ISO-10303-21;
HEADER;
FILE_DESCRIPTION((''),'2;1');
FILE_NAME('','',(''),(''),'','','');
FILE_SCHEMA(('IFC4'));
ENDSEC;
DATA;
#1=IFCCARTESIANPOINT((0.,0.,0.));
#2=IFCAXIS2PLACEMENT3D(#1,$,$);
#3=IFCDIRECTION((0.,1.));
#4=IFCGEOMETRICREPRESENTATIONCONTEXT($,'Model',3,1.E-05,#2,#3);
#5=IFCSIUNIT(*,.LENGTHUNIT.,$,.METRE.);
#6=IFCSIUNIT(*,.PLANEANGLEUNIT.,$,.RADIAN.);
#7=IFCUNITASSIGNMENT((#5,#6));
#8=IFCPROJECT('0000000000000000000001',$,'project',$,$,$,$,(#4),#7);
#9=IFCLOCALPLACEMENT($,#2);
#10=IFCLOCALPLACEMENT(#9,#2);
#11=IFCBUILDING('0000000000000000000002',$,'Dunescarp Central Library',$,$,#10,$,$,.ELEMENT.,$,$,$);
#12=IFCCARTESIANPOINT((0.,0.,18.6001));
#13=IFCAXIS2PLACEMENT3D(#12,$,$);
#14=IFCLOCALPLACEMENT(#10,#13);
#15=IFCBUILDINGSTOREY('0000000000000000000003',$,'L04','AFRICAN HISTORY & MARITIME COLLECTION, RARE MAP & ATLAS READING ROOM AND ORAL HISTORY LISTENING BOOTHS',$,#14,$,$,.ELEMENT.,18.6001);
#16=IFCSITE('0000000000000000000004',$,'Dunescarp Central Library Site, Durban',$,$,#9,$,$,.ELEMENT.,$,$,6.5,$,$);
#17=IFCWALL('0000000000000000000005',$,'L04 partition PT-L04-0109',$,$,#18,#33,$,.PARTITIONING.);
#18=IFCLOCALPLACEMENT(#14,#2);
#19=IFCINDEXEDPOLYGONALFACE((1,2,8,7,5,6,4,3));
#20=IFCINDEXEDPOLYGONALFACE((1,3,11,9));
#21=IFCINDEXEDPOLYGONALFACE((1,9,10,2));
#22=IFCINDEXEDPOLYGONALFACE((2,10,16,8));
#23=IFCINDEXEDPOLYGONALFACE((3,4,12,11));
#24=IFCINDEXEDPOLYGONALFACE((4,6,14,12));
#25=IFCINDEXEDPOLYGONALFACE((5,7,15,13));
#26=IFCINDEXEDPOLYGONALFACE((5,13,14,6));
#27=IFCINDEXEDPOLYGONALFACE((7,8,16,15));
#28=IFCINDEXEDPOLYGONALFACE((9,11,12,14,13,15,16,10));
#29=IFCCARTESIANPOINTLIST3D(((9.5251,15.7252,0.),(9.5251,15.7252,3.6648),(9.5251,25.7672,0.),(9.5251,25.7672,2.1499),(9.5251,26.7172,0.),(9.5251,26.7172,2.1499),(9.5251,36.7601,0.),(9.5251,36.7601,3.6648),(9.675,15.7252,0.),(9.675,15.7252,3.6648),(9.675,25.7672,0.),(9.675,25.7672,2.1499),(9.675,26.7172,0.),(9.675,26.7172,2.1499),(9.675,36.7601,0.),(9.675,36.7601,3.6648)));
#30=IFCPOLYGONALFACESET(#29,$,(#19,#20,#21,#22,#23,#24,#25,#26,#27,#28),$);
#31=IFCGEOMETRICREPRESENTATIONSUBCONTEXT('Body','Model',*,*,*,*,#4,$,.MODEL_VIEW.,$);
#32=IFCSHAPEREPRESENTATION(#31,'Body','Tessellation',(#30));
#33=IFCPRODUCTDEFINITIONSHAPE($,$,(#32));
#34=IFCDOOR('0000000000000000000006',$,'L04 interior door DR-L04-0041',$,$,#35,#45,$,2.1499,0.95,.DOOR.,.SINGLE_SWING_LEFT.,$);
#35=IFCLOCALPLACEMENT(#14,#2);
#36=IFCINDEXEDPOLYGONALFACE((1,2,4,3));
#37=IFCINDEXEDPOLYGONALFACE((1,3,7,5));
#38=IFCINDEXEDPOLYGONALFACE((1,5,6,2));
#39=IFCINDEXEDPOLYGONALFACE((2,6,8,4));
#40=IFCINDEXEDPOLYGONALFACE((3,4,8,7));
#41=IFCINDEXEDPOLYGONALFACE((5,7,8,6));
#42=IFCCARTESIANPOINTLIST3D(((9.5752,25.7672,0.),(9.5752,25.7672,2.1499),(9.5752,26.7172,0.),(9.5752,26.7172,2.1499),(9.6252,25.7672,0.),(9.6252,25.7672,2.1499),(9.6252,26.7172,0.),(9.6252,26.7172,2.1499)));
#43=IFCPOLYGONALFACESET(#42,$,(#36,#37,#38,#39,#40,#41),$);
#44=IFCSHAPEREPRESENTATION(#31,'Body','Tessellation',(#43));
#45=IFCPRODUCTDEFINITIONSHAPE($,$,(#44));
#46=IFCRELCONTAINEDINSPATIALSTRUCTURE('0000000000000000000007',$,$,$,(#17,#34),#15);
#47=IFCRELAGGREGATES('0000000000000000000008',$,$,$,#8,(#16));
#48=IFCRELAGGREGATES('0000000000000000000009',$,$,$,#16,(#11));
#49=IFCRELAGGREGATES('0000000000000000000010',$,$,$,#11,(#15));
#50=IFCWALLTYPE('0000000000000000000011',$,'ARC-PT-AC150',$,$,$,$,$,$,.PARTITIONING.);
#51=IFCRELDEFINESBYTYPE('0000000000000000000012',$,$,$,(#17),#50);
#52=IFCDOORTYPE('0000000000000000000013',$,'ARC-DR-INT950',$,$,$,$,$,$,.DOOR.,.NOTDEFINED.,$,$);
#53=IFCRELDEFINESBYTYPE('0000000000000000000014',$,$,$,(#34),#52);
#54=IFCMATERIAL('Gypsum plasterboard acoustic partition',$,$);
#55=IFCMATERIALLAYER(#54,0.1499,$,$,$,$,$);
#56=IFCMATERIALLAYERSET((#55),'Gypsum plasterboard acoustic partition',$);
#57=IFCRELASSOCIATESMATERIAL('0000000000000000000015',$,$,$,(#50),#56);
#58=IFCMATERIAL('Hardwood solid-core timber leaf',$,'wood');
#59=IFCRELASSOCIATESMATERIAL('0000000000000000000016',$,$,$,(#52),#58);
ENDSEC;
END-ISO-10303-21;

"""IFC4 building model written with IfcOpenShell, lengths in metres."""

from ifc_helpers import new_model, si_unit, direction, frame, frame_2d, origin, place, context, subcontext, project, spatial, rectangle, extrude, material, layer, layer_set, type_object, element, fill, save


model = new_model("IFC4")

# Units and contexts
model_context = context("Model", 3, precision=1e-05, world=origin(), true_north=direction((0.0, 1.0)))
body_context = subcontext(model_context, "Body", "Model", "MODEL_VIEW")
ifc_project = project(units=[si_unit("LENGTHUNIT", "METRE"), si_unit("PLANEANGLEUNIT", "RADIAN")], contexts=[model_context])

# Site, building, storey
site_placement = place(None, origin())
site = spatial("IfcSite", under=ifc_project, at=site_placement, Name="Dunescarp Central Library Site, Durban", CompositionType="ELEMENT", RefElevation=6.5)
building_placement = place(site_placement, origin())
building = spatial("IfcBuilding", under=site, at=building_placement, Name="Dunescarp Central Library", CompositionType="ELEMENT")
storey_placement = place(building_placement, frame((0.0, 0.0, 18.6001)))
storey = spatial("IfcBuildingStorey", under=building, at=storey_placement, Name="L04", Description="AFRICAN HISTORY & MARITIME COLLECTION, RARE MAP & ATLAS READING ROOM AND ORAL HISTORY LISTENING BOOTHS", CompositionType="ELEMENT", Elevation=18.6001)

# Shared definitions
ifc_material_1 = material(Name="Gypsum plasterboard acoustic partition")
ifc_layer_1 = layer(ifc_material_1, 0.1499)
ifc_layer_set_1 = layer_set([ifc_layer_1], Name="Gypsum plasterboard acoustic partition")
wall_type = type_object("IfcWallType", Name="ARC-PT-AC150", PredefinedType="PARTITIONING", material=ifc_layer_set_1)

# Wall, opening, door
wall_1_placement = place(storey_placement, frame((9.6001, 15.7251, 0.0), z_axis=(0.0, 0.0, 1.0), x_axis=(0.0, 1.0, 0.0)))
wall_1 = element("IfcWall", 1, at=wall_1_placement, inside=storey, type_object=wall_type, Name="L04 partition PT-L04-0109", PredefinedType="PARTITIONING", context=body_context, shape_type="SweptSolid", body=[
    extrude(rectangle(XDim=21.0349, YDim=0.1499, at=frame_2d((10.5176, 0.0))), origin(), (0.0, 0.0, 1.0), 3.6648),
])
opening_placement = place(wall_1_placement, frame((10.042, 0.0, 0.0)))
opening = element("IfcOpeningElement", 2, at=opening_placement, cuts=wall_1, PredefinedType="OPENING", context=body_context, shape_type="SweptSolid", body=[
    extrude(rectangle(XDim=0.95, YDim=2.1499, at=frame_2d((0.4751, 1.075))), frame((0.0, 0.085, 0.0), z_axis=(0.0, -1.0, 0.0), x_axis=(1.0, 0.0, 0.0)), (0.0, 0.0, 1.0), 0.1699),
])
ifc_material_2 = material(Name="Hardwood solid-core timber leaf", Category="wood")
door_type = type_object("IfcDoorType", Name="ARC-DR-INT950", OperationType="NOTDEFINED", PredefinedType="DOOR", material=ifc_material_2)
door_placement = place(opening_placement, origin())
door = element("IfcDoor", 3, at=door_placement, inside=storey, type_object=door_type, Name="L04 interior door DR-L04-0041", OperationType="SINGLE_SWING_LEFT", OverallHeight=2.1499, OverallWidth=0.95, PredefinedType="DOOR", context=body_context, shape_type="SweptSolid", body=[
    extrude(rectangle(XDim=0.95, YDim=2.1499, at=frame_2d((0.4751, 1.075))), frame((0.0, 0.0249, 0.0), z_axis=(0.0, -1.0, 0.0), x_axis=(1.0, 0.0, 0.0)), (0.0, 0.0, 1.0), 0.05),
])
fill(opening, door)

save(model, "model.ifc")
